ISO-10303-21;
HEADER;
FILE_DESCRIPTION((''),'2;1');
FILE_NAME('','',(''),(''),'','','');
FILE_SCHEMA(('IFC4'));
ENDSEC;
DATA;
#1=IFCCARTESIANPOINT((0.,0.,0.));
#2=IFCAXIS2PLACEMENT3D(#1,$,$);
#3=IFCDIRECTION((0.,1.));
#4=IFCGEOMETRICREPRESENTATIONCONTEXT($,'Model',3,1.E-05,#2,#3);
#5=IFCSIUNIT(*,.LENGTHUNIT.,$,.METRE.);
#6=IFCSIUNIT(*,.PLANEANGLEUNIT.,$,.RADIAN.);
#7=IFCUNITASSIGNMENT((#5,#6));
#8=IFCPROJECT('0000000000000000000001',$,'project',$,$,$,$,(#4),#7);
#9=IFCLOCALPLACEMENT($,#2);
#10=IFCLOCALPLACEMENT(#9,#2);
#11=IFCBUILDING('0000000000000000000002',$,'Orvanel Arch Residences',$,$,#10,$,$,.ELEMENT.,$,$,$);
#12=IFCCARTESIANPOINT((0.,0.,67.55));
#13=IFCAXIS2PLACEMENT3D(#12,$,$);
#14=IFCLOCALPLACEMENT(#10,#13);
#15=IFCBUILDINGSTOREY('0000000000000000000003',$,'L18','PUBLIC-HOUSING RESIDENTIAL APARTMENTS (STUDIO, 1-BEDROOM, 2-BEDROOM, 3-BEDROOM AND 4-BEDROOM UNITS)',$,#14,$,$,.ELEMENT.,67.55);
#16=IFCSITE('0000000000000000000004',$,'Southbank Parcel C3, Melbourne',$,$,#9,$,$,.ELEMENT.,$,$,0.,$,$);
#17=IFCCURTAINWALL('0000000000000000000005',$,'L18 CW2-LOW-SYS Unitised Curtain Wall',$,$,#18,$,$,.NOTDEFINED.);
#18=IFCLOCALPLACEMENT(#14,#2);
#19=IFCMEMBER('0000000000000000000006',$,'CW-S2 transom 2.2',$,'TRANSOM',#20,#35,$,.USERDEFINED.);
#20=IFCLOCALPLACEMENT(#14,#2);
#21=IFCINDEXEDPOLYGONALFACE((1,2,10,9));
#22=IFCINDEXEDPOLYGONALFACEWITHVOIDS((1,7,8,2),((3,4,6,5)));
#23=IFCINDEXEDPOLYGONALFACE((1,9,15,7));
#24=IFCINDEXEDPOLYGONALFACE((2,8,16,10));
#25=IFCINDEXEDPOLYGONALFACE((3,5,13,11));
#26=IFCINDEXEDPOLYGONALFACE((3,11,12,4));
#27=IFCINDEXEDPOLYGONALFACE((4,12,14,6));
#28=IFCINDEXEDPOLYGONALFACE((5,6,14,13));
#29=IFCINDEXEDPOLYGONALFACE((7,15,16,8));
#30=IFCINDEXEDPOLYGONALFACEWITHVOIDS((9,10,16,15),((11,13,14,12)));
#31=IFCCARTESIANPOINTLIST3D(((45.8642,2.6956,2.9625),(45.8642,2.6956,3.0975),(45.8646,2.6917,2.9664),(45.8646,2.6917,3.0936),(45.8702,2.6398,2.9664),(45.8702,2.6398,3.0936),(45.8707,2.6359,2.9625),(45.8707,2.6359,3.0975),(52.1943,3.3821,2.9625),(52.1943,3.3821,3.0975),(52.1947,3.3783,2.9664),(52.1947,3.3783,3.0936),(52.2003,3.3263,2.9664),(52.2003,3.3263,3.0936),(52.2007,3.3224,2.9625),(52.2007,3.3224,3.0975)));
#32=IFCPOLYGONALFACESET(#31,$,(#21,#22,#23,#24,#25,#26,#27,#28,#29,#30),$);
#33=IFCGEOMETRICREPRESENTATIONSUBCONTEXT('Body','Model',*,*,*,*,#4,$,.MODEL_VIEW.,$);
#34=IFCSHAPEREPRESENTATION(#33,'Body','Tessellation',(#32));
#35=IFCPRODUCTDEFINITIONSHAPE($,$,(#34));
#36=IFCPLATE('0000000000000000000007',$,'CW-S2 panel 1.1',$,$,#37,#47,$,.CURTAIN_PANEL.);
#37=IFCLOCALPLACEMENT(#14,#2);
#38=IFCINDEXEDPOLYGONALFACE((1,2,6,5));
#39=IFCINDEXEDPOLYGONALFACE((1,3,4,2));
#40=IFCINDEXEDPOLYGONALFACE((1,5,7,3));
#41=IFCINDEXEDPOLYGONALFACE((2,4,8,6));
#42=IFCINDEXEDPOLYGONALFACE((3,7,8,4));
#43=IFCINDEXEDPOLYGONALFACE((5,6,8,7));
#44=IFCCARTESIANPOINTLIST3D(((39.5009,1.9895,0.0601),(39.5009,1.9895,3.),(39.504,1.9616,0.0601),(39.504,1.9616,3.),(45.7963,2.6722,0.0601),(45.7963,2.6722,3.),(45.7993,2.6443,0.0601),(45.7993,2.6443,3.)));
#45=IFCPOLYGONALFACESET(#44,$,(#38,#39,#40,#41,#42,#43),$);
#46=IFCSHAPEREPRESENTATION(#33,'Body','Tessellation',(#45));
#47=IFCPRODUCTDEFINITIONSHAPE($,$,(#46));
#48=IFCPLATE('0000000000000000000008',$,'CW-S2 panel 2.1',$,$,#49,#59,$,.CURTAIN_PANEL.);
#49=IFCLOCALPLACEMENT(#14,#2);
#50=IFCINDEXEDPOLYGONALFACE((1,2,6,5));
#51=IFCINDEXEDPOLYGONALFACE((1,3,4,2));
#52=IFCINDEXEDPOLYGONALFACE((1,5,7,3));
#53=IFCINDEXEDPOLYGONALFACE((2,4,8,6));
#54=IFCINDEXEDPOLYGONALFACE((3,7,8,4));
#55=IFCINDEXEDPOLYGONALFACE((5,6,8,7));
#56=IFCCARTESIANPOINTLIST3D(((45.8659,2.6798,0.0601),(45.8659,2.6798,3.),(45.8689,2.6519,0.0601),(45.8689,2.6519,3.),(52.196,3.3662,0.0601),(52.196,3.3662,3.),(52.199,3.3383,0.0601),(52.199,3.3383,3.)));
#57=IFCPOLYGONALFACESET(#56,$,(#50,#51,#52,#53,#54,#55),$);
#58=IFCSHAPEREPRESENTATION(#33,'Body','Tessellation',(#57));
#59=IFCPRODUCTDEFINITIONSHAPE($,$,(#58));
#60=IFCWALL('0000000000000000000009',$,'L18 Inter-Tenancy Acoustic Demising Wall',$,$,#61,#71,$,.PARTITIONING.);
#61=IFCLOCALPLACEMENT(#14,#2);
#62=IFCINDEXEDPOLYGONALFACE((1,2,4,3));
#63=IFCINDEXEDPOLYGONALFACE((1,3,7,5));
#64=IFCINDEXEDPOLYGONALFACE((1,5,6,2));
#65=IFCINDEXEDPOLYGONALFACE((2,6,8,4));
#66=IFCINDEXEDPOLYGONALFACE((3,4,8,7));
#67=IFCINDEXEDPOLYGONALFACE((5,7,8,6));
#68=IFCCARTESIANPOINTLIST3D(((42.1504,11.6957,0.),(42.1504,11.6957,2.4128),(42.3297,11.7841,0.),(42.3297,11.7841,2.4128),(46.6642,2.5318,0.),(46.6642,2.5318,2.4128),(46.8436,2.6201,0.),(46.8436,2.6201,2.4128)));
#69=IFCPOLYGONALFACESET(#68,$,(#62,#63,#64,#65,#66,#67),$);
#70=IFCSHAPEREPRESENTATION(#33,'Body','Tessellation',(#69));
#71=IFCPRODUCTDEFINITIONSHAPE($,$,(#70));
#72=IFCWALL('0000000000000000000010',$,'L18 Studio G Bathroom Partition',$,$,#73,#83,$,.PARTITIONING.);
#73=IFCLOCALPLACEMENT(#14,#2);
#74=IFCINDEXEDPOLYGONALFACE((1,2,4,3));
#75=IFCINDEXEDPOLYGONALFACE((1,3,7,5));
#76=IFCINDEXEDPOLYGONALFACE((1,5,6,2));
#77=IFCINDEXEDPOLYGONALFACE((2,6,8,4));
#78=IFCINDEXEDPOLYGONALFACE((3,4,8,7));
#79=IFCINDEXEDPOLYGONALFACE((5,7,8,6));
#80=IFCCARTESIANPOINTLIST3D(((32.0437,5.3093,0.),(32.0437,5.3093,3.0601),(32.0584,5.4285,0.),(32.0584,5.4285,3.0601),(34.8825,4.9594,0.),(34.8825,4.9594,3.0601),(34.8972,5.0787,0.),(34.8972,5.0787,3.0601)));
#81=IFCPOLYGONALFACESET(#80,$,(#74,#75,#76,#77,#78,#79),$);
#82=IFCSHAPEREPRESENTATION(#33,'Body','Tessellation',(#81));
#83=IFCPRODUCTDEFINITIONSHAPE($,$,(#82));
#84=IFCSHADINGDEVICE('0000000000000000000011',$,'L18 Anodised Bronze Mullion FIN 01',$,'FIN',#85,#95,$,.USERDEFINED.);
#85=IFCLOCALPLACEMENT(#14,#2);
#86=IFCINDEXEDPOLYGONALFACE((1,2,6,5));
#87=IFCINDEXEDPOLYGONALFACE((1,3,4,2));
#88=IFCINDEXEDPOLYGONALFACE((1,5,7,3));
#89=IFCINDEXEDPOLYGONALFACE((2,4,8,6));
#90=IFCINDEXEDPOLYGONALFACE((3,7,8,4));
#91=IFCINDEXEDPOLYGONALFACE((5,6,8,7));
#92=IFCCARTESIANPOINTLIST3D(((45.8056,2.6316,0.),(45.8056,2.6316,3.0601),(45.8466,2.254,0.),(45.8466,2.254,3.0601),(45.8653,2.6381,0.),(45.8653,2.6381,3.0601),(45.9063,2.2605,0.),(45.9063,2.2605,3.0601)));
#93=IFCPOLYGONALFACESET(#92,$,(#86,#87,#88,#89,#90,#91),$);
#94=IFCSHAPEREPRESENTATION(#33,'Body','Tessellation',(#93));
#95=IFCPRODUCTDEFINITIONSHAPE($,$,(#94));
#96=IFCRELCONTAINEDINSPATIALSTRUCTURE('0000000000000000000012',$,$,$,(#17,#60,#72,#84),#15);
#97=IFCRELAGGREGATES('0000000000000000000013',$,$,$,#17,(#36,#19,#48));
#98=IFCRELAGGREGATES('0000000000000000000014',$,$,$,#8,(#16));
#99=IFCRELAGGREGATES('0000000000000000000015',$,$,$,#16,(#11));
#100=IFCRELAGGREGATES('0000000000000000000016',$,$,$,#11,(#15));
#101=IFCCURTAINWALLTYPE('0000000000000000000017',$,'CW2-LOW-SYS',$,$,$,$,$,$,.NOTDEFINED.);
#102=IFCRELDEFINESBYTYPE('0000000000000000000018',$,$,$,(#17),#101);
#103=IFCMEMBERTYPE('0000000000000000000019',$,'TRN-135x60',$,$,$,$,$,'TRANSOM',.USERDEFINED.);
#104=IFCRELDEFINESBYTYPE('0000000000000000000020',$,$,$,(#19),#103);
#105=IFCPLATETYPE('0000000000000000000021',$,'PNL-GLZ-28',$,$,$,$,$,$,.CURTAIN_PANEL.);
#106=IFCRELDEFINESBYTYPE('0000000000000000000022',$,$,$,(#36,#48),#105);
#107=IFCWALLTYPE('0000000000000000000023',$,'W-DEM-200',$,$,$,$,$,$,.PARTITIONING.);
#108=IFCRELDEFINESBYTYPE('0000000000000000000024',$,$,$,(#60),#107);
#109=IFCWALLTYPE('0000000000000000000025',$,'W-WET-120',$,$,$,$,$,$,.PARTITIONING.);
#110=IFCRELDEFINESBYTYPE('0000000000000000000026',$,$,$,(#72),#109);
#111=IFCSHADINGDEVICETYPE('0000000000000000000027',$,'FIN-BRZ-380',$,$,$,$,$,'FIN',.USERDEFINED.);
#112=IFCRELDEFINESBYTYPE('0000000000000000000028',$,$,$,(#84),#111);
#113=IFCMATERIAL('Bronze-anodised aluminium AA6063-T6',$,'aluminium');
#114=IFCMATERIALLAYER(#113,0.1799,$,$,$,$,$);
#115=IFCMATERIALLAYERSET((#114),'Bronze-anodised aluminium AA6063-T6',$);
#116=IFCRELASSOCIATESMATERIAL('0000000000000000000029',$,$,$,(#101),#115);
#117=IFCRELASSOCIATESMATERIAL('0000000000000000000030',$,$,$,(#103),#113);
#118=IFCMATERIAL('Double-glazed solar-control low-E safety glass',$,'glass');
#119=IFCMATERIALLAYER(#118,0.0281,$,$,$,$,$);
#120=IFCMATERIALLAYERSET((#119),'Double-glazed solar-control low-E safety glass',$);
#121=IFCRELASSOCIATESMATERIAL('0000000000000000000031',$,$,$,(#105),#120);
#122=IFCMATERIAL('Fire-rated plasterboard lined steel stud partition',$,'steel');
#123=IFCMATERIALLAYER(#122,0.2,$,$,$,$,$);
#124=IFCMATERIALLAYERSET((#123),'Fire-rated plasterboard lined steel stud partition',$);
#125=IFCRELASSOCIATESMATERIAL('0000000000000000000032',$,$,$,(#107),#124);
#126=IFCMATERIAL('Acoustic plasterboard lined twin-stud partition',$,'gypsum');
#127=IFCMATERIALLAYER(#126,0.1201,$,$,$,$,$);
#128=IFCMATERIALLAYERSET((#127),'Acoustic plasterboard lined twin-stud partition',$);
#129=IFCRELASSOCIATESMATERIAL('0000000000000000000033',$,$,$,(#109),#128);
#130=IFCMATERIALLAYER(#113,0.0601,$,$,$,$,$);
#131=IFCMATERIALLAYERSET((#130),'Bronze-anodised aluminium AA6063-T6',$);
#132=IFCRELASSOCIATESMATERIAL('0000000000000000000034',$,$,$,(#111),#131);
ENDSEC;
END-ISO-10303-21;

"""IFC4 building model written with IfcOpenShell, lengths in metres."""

from ifc_helpers import new_model, si_unit, direction, frame, frame_2d, origin, origin_2d, place, context, subcontext, project, spatial, rectangle, hollow_rectangle, extrude, material, layer, layer_set, material_profile, profile_set, type_object, element, aggregate, save


model = new_model("IFC4")

# Units and contexts
model_context = context("Model", 3, precision=1e-05, world=origin(), true_north=direction((0.0, 1.0)))
body_context = subcontext(model_context, "Body", "Model", "MODEL_VIEW")
ifc_project = project(units=[si_unit("LENGTHUNIT", "METRE"), si_unit("PLANEANGLEUNIT", "RADIAN")], contexts=[model_context])

# Site, building, storey
site_placement = place(None, origin())
site = spatial("IfcSite", under=ifc_project, at=site_placement, Name="Southbank Parcel C3, Melbourne", CompositionType="ELEMENT", RefElevation=0.0)
building_placement = place(site_placement, origin())
building = spatial("IfcBuilding", under=site, at=building_placement, Name="Orvanel Arch Residences", CompositionType="ELEMENT")
storey_placement = place(building_placement, frame((0.0, 0.0, 67.55)))
storey = spatial("IfcBuildingStorey", under=building, at=storey_placement, Name="L18", Description="PUBLIC-HOUSING RESIDENTIAL APARTMENTS (STUDIO, 1-BEDROOM, 2-BEDROOM, 3-BEDROOM AND 4-BEDROOM UNITS)", CompositionType="ELEMENT", Elevation=67.55)

# Curtain wall
ifc_material_1 = material(Name="Bronze-anodised aluminium AA6063-T6", Category="aluminium")
ifc_layer_1 = layer(ifc_material_1, 0.1799)
ifc_layer_set_1 = layer_set([ifc_layer_1], Name="Bronze-anodised aluminium AA6063-T6")
curtain_wall_type = type_object("IfcCurtainWallType", Name="CW2-LOW-SYS", PredefinedType="NOTDEFINED", material=ifc_layer_set_1)
curtain_wall_placement = place(storey_placement, origin())
curtain_wall = element("IfcCurtainWall", 1, at=curtain_wall_placement, inside=storey, type_object=curtain_wall_type, Name="L18 CW2-LOW-SYS Unitised Curtain Wall", PredefinedType="NOTDEFINED")

# Member
ifc_material_profile_1 = material_profile(ifc_material_1, hollow_rectangle(XDim=0.0601, YDim=0.135, WallThickness=0.0039, at=origin_2d()), Name="ALU135x60x4")
ifc_profile_set_1 = profile_set([ifc_material_profile_1], Name="Bronze-anodised aluminium AA6063-T6")
member_type_1 = type_object("IfcMemberType", Name="TRN-135x60", ElementType="TRANSOM", PredefinedType="USERDEFINED", material=ifc_profile_set_1)
member_1_placement = place(storey_placement, frame((45.8674, 2.6658, 3.03), z_axis=(0.99417, 0.107822, 0.0), x_axis=(-0.107822, 0.99417, 0.0)))
member_1 = element("IfcMember", 2, at=member_1_placement, type_object=member_type_1, Name="CW-S2 transom 2.2", ObjectType="TRANSOM", PredefinedType="USERDEFINED", context=body_context, shape_type="SweptSolid", body=[
    extrude(hollow_rectangle(XDim=0.0601, YDim=0.135, WallThickness=0.0039, at=origin_2d()), origin(), (0.0, 0.0, 1.0), 6.3672),
])

# Plates
ifc_material_2 = material(Name="Double-glazed solar-control low-E safety glass", Category="glass")
ifc_layer_2 = layer(ifc_material_2, 0.0281)
ifc_layer_set_2 = layer_set([ifc_layer_2], Name="Double-glazed solar-control low-E safety glass")
plate_type = type_object("IfcPlateType", Name="PNL-GLZ-28", PredefinedType="CURTAIN_PANEL", material=ifc_layer_set_2)
plate_1_placement = place(storey_placement, frame((42.6501, 2.3169, 0.0601), z_axis=(0.0, 0.0, 1.0), x_axis=(0.994171, 0.107811, 0.0)))
plate_1 = element("IfcPlate", 3, at=plate_1_placement, type_object=plate_type, Name="CW-S2 panel 1.1", PredefinedType="CURTAIN_PANEL", context=body_context, shape_type="SweptSolid", body=[
    extrude(rectangle(XDim=6.3323, YDim=0.0281, at=origin_2d()), origin(), (0.0, 0.0, 1.0), 2.9399),
])
plate_2_placement = place(storey_placement, frame((49.0325, 3.009, 0.0601), z_axis=(0.0, 0.0, 1.0), x_axis=(0.994171, 0.107811, 0.0)))
plate_2 = element("IfcPlate", 4, at=plate_2_placement, type_object=plate_type, Name="CW-S2 panel 2.1", PredefinedType="CURTAIN_PANEL", context=body_context, shape_type="SweptSolid", body=[
    extrude(rectangle(XDim=6.3672, YDim=0.0281, at=origin_2d()), origin(), (0.0, 0.0, 1.0), 2.9399),
])
aggregate(curtain_wall, [plate_1, member_1, plate_2])

# Walls
ifc_material_3 = material(Name="Fire-rated plasterboard lined steel stud partition", Category="steel")
ifc_layer_3 = layer(ifc_material_3, 0.2)
ifc_layer_set_3 = layer_set([ifc_layer_3], Name="Fire-rated plasterboard lined steel stud partition")
wall_type_1 = type_object("IfcWallType", Name="W-DEM-200", PredefinedType="PARTITIONING", material=ifc_layer_set_3)
wall_1_placement = place(storey_placement, frame((46.7539, 2.5759, 0.0), z_axis=(0.0, 0.0, 1.0), x_axis=(-0.441871, 0.897078, 0.0)))
element("IfcWall", 5, at=wall_1_placement, inside=storey, type_object=wall_type_1, Name="L18 Inter-Tenancy Acoustic Demising Wall", PredefinedType="PARTITIONING", context=body_context, shape_type="SweptSolid", body=[
    extrude(rectangle(XDim=10.2153, YDim=0.2, at=frame_2d((5.1077, 0.0))), origin(), (0.0, 0.0, 1.0), 2.4128),
])
ifc_material_4 = material(Name="Acoustic plasterboard lined twin-stud partition", Category="gypsum")
ifc_layer_4 = layer(ifc_material_4, 0.1201)
ifc_layer_set_4 = layer_set([ifc_layer_4], Name="Acoustic plasterboard lined twin-stud partition")
wall_type_2 = type_object("IfcWallType", Name="W-WET-120", PredefinedType="PARTITIONING", material=ifc_layer_set_4)
wall_2_placement = place(storey_placement, frame((34.8899, 5.019, 0.0), z_axis=(0.0, 0.0, 1.0), x_axis=(-0.992492, 0.122312, 0.0)))
element("IfcWall", 6, at=wall_2_placement, inside=storey, type_object=wall_type_2, Name="L18 Studio G Bathroom Partition", PredefinedType="PARTITIONING", context=body_context, shape_type="SweptSolid", body=[
    extrude(rectangle(XDim=2.8604, YDim=0.1201, at=frame_2d((1.4302, 0.0))), origin(), (0.0, 0.0, 1.0), 3.0601),
])

# Shading device
ifc_layer_5 = layer(ifc_material_1, 0.0601)
ifc_layer_set_5 = layer_set([ifc_layer_5], Name="Bronze-anodised aluminium AA6063-T6")
shading_device_type = type_object("IfcShadingDeviceType", Name="FIN-BRZ-380", ElementType="FIN", PredefinedType="USERDEFINED", material=ifc_layer_set_5)
shading_device_placement = place(storey_placement, frame((45.856, 2.446, 0.0), z_axis=(0.0, 0.0, 1.0), x_axis=(0.107999, -0.994151, 0.0)))
element("IfcShadingDevice", 7, at=shading_device_placement, inside=storey, type_object=shading_device_type, Name="L18 Anodised Bronze Mullion FIN 01", ObjectType="FIN", PredefinedType="USERDEFINED", context=body_context, shape_type="SweptSolid", body=[
    extrude(rectangle(XDim=0.3799, YDim=0.0601, at=origin_2d()), origin(), (0.0, 0.0, 1.0), 3.0601),
])

save(model, "model.ifc")
